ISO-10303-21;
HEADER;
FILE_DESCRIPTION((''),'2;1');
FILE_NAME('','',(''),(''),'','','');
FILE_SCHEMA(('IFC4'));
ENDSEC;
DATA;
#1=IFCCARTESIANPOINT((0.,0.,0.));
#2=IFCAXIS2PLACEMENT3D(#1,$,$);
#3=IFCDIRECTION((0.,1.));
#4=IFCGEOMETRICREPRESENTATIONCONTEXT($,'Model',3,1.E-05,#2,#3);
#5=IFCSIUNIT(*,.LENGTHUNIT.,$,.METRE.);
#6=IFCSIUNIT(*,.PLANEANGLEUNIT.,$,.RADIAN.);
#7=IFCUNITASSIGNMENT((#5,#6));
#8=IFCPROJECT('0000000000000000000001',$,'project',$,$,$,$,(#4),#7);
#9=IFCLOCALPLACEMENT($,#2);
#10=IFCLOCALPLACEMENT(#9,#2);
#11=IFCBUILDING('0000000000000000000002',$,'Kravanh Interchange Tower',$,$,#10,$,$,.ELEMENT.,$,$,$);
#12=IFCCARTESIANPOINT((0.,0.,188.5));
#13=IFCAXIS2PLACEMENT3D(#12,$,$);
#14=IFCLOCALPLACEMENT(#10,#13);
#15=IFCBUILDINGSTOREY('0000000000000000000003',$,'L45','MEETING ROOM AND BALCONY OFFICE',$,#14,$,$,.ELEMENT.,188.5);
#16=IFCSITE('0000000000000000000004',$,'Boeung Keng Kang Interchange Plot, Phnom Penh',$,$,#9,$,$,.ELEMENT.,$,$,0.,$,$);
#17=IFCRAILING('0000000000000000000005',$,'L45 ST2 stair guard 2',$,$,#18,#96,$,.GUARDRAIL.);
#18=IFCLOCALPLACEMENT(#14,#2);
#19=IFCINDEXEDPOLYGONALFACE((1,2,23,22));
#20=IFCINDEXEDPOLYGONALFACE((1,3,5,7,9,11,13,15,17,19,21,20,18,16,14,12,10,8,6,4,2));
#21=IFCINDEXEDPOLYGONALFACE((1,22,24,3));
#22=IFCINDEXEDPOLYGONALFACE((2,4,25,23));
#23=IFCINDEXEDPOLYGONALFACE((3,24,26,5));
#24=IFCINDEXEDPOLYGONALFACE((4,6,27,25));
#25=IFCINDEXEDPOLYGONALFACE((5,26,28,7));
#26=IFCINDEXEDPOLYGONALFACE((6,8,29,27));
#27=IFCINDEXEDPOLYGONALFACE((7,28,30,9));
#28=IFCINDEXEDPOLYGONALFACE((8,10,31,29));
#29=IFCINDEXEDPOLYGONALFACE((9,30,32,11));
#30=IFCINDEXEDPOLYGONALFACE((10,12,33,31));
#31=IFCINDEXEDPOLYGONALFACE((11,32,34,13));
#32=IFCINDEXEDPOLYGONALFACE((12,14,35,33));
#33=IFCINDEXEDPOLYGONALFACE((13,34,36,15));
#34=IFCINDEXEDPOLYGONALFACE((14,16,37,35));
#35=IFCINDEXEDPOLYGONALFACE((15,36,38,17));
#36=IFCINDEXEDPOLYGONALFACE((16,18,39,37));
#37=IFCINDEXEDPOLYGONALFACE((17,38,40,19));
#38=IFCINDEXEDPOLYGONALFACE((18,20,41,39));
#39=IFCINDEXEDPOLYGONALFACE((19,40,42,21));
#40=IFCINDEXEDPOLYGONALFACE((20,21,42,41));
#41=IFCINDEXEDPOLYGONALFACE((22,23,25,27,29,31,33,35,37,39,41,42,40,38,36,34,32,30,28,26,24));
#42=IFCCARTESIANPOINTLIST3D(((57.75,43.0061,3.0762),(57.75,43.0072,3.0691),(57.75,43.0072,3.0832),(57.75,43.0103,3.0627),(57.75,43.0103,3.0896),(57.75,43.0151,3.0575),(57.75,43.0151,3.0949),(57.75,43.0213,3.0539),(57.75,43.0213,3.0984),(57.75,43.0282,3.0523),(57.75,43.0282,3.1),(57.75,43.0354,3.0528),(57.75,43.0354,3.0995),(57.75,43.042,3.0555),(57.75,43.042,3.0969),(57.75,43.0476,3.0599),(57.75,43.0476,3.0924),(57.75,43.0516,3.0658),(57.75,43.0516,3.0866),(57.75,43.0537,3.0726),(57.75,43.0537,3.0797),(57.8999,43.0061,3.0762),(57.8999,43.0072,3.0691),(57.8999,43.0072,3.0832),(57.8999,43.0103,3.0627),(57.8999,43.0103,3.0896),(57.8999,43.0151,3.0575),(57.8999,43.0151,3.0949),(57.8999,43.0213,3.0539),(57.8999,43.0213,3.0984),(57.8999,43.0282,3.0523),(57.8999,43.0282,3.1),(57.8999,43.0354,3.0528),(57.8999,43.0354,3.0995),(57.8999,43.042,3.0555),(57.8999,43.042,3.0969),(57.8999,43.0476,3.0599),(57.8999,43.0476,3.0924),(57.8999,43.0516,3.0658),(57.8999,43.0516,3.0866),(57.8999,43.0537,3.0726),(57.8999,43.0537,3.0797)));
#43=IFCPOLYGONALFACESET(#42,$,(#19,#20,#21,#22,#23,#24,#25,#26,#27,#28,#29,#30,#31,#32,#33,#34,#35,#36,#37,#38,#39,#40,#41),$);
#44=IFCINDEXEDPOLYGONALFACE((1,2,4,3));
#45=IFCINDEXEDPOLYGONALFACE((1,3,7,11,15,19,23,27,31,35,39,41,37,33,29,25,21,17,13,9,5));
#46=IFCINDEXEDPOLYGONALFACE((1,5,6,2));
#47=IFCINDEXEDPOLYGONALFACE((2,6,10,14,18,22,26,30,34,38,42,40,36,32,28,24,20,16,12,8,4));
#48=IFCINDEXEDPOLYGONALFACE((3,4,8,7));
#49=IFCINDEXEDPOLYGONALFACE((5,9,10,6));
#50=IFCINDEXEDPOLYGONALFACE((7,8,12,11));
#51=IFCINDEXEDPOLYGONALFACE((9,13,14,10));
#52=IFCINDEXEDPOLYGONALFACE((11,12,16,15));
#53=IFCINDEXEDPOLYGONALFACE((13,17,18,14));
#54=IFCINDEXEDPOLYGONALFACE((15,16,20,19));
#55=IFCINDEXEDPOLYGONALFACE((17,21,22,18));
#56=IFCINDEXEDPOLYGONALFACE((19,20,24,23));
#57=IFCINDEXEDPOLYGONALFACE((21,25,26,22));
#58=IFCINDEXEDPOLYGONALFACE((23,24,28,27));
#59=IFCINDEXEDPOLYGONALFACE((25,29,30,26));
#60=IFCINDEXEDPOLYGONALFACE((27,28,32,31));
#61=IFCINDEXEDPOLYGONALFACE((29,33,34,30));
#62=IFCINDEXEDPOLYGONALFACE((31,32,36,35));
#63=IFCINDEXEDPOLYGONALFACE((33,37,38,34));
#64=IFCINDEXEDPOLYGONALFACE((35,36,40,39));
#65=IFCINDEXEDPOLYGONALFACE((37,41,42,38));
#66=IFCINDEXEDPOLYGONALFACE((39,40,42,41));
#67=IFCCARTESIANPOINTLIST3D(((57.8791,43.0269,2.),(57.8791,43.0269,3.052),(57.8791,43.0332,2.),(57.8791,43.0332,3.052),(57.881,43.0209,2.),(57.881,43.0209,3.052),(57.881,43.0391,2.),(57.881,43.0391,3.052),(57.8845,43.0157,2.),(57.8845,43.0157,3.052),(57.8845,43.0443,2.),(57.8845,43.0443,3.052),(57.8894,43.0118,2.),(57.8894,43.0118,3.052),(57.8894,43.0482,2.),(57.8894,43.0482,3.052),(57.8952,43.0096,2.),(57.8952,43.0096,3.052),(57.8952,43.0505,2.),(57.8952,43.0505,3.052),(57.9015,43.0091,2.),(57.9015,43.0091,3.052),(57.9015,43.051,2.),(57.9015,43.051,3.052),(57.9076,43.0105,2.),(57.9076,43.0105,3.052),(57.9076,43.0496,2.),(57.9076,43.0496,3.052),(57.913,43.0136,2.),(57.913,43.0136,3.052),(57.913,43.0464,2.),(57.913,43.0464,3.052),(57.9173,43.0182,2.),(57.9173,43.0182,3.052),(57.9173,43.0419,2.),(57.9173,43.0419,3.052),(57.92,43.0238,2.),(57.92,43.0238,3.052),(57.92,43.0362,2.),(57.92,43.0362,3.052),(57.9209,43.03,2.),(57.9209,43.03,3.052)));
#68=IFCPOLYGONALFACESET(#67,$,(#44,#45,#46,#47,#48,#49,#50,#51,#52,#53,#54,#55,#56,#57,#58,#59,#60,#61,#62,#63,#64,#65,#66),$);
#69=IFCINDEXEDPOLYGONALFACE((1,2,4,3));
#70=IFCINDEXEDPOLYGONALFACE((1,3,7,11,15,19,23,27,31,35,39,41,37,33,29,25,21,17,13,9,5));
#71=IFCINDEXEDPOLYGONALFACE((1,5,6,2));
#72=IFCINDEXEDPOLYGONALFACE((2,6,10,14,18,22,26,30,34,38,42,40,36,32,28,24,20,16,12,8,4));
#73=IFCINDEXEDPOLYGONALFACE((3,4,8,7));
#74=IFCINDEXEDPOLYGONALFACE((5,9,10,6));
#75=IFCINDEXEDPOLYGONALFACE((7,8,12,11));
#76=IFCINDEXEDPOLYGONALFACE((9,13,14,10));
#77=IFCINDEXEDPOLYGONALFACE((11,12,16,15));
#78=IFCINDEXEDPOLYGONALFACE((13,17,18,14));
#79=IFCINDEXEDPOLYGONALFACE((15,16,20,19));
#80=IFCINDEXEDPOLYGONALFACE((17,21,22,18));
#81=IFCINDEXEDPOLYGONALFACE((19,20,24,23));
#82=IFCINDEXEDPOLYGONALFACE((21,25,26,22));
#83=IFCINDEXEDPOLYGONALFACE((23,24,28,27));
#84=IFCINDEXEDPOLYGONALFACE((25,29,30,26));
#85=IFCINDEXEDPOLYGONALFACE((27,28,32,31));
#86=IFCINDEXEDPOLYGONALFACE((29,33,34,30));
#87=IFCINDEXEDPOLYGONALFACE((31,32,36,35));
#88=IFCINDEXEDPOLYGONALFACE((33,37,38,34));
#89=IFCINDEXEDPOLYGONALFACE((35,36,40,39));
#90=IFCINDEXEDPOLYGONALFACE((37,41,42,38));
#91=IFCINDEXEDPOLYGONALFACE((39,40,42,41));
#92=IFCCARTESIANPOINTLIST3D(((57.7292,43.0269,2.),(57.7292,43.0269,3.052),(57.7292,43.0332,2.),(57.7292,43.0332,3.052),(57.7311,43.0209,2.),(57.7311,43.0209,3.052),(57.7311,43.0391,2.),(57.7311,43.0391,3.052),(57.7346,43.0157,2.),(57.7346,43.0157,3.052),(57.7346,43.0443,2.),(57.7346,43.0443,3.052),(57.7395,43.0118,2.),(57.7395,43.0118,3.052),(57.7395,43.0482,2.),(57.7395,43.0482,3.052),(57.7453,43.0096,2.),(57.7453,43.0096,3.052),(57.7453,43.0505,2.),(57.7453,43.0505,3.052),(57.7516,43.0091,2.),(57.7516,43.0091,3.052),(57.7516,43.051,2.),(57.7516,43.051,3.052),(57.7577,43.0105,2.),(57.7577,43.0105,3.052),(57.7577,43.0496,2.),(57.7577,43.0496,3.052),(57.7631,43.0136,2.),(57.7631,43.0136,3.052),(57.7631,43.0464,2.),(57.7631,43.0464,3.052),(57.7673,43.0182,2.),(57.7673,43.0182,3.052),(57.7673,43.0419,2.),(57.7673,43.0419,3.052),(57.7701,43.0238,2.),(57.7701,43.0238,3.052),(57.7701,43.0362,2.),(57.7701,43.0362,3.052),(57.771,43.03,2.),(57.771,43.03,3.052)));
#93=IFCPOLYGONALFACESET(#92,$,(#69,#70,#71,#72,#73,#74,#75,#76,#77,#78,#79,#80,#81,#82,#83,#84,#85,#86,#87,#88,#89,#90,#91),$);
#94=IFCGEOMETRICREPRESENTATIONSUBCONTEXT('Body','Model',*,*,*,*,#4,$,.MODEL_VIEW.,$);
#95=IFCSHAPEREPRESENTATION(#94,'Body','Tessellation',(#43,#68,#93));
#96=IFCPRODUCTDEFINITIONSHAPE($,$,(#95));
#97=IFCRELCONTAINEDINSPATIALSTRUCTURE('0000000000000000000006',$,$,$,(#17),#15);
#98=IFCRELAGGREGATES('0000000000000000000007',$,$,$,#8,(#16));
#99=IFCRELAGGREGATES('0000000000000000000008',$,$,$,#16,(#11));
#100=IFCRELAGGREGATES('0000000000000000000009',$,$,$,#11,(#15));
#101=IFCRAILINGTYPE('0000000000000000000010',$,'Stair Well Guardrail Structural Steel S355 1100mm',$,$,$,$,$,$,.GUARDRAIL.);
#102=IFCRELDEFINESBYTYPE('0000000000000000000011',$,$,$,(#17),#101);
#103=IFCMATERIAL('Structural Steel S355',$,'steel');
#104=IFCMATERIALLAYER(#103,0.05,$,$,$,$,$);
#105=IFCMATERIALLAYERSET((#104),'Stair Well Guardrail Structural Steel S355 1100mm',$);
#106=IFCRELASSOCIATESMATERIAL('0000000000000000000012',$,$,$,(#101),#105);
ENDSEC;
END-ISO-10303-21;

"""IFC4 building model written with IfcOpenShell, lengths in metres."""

from ifc_helpers import new_model, si_unit, direction, frame, origin, origin_2d, place, context, subcontext, project, spatial, circle, extrude, material, layer, layer_set, type_object, element, save


model = new_model("IFC4")

# Units and contexts
model_context = context("Model", 3, precision=1e-05, world=origin(), true_north=direction((0.0, 1.0)))
body_context = subcontext(model_context, "Body", "Model", "MODEL_VIEW")
ifc_project = project(units=[si_unit("LENGTHUNIT", "METRE"), si_unit("PLANEANGLEUNIT", "RADIAN")], contexts=[model_context])

# Site, building, storey
site_placement = place(None, origin())
site = spatial("IfcSite", under=ifc_project, at=site_placement, Name="Boeung Keng Kang Interchange Plot, Phnom Penh", CompositionType="ELEMENT", RefElevation=0.0)
building_placement = place(site_placement, origin())
building = spatial("IfcBuilding", under=site, at=building_placement, Name="Kravanh Interchange Tower", CompositionType="ELEMENT")
storey_placement = place(building_placement, frame((0.0, 0.0, 188.5)))
storey = spatial("IfcBuildingStorey", under=building, at=storey_placement, Name="L45", Description="MEETING ROOM AND BALCONY OFFICE", CompositionType="ELEMENT", Elevation=188.5)

# Railing
ifc_material_1 = material(Name="Structural Steel S355", Category="steel")
ifc_layer_1 = layer(ifc_material_1, 0.05)
ifc_layer_set_1 = layer_set([ifc_layer_1], Name="Stair Well Guardrail Structural Steel S355 1100mm")
railing_type_1 = type_object("IfcRailingType", Name="Stair Well Guardrail Structural Steel S355 1100mm", PredefinedType="GUARDRAIL", material=ifc_layer_set_1)
railing_1_placement = place(storey_placement, frame((57.8999, 43.03, 2.0)))
element("IfcRailing", 1, at=railing_1_placement, inside=storey, type_object=railing_type_1, Name="L45 ST2 stair guard 2", PredefinedType="GUARDRAIL", context=body_context, shape_type="SweptSolid", body=[
    extrude(circle(Radius=0.0239, at=origin_2d()), frame((0.0, 0.0, 1.0762), z_axis=(-1.0, 0.0, 0.0), x_axis=(0.0, -1.0, 0.0)), (0.0, 0.0, 1.0), 0.1499),
    extrude(circle(Radius=0.021, at=origin_2d()), origin(), (0.0, 0.0, 1.0), 1.052),
    extrude(circle(Radius=0.021, at=origin_2d()), frame((-0.1499, 0.0, 0.0)), (0.0, 0.0, 1.0), 1.052),
])

save(model, "model.ifc")
